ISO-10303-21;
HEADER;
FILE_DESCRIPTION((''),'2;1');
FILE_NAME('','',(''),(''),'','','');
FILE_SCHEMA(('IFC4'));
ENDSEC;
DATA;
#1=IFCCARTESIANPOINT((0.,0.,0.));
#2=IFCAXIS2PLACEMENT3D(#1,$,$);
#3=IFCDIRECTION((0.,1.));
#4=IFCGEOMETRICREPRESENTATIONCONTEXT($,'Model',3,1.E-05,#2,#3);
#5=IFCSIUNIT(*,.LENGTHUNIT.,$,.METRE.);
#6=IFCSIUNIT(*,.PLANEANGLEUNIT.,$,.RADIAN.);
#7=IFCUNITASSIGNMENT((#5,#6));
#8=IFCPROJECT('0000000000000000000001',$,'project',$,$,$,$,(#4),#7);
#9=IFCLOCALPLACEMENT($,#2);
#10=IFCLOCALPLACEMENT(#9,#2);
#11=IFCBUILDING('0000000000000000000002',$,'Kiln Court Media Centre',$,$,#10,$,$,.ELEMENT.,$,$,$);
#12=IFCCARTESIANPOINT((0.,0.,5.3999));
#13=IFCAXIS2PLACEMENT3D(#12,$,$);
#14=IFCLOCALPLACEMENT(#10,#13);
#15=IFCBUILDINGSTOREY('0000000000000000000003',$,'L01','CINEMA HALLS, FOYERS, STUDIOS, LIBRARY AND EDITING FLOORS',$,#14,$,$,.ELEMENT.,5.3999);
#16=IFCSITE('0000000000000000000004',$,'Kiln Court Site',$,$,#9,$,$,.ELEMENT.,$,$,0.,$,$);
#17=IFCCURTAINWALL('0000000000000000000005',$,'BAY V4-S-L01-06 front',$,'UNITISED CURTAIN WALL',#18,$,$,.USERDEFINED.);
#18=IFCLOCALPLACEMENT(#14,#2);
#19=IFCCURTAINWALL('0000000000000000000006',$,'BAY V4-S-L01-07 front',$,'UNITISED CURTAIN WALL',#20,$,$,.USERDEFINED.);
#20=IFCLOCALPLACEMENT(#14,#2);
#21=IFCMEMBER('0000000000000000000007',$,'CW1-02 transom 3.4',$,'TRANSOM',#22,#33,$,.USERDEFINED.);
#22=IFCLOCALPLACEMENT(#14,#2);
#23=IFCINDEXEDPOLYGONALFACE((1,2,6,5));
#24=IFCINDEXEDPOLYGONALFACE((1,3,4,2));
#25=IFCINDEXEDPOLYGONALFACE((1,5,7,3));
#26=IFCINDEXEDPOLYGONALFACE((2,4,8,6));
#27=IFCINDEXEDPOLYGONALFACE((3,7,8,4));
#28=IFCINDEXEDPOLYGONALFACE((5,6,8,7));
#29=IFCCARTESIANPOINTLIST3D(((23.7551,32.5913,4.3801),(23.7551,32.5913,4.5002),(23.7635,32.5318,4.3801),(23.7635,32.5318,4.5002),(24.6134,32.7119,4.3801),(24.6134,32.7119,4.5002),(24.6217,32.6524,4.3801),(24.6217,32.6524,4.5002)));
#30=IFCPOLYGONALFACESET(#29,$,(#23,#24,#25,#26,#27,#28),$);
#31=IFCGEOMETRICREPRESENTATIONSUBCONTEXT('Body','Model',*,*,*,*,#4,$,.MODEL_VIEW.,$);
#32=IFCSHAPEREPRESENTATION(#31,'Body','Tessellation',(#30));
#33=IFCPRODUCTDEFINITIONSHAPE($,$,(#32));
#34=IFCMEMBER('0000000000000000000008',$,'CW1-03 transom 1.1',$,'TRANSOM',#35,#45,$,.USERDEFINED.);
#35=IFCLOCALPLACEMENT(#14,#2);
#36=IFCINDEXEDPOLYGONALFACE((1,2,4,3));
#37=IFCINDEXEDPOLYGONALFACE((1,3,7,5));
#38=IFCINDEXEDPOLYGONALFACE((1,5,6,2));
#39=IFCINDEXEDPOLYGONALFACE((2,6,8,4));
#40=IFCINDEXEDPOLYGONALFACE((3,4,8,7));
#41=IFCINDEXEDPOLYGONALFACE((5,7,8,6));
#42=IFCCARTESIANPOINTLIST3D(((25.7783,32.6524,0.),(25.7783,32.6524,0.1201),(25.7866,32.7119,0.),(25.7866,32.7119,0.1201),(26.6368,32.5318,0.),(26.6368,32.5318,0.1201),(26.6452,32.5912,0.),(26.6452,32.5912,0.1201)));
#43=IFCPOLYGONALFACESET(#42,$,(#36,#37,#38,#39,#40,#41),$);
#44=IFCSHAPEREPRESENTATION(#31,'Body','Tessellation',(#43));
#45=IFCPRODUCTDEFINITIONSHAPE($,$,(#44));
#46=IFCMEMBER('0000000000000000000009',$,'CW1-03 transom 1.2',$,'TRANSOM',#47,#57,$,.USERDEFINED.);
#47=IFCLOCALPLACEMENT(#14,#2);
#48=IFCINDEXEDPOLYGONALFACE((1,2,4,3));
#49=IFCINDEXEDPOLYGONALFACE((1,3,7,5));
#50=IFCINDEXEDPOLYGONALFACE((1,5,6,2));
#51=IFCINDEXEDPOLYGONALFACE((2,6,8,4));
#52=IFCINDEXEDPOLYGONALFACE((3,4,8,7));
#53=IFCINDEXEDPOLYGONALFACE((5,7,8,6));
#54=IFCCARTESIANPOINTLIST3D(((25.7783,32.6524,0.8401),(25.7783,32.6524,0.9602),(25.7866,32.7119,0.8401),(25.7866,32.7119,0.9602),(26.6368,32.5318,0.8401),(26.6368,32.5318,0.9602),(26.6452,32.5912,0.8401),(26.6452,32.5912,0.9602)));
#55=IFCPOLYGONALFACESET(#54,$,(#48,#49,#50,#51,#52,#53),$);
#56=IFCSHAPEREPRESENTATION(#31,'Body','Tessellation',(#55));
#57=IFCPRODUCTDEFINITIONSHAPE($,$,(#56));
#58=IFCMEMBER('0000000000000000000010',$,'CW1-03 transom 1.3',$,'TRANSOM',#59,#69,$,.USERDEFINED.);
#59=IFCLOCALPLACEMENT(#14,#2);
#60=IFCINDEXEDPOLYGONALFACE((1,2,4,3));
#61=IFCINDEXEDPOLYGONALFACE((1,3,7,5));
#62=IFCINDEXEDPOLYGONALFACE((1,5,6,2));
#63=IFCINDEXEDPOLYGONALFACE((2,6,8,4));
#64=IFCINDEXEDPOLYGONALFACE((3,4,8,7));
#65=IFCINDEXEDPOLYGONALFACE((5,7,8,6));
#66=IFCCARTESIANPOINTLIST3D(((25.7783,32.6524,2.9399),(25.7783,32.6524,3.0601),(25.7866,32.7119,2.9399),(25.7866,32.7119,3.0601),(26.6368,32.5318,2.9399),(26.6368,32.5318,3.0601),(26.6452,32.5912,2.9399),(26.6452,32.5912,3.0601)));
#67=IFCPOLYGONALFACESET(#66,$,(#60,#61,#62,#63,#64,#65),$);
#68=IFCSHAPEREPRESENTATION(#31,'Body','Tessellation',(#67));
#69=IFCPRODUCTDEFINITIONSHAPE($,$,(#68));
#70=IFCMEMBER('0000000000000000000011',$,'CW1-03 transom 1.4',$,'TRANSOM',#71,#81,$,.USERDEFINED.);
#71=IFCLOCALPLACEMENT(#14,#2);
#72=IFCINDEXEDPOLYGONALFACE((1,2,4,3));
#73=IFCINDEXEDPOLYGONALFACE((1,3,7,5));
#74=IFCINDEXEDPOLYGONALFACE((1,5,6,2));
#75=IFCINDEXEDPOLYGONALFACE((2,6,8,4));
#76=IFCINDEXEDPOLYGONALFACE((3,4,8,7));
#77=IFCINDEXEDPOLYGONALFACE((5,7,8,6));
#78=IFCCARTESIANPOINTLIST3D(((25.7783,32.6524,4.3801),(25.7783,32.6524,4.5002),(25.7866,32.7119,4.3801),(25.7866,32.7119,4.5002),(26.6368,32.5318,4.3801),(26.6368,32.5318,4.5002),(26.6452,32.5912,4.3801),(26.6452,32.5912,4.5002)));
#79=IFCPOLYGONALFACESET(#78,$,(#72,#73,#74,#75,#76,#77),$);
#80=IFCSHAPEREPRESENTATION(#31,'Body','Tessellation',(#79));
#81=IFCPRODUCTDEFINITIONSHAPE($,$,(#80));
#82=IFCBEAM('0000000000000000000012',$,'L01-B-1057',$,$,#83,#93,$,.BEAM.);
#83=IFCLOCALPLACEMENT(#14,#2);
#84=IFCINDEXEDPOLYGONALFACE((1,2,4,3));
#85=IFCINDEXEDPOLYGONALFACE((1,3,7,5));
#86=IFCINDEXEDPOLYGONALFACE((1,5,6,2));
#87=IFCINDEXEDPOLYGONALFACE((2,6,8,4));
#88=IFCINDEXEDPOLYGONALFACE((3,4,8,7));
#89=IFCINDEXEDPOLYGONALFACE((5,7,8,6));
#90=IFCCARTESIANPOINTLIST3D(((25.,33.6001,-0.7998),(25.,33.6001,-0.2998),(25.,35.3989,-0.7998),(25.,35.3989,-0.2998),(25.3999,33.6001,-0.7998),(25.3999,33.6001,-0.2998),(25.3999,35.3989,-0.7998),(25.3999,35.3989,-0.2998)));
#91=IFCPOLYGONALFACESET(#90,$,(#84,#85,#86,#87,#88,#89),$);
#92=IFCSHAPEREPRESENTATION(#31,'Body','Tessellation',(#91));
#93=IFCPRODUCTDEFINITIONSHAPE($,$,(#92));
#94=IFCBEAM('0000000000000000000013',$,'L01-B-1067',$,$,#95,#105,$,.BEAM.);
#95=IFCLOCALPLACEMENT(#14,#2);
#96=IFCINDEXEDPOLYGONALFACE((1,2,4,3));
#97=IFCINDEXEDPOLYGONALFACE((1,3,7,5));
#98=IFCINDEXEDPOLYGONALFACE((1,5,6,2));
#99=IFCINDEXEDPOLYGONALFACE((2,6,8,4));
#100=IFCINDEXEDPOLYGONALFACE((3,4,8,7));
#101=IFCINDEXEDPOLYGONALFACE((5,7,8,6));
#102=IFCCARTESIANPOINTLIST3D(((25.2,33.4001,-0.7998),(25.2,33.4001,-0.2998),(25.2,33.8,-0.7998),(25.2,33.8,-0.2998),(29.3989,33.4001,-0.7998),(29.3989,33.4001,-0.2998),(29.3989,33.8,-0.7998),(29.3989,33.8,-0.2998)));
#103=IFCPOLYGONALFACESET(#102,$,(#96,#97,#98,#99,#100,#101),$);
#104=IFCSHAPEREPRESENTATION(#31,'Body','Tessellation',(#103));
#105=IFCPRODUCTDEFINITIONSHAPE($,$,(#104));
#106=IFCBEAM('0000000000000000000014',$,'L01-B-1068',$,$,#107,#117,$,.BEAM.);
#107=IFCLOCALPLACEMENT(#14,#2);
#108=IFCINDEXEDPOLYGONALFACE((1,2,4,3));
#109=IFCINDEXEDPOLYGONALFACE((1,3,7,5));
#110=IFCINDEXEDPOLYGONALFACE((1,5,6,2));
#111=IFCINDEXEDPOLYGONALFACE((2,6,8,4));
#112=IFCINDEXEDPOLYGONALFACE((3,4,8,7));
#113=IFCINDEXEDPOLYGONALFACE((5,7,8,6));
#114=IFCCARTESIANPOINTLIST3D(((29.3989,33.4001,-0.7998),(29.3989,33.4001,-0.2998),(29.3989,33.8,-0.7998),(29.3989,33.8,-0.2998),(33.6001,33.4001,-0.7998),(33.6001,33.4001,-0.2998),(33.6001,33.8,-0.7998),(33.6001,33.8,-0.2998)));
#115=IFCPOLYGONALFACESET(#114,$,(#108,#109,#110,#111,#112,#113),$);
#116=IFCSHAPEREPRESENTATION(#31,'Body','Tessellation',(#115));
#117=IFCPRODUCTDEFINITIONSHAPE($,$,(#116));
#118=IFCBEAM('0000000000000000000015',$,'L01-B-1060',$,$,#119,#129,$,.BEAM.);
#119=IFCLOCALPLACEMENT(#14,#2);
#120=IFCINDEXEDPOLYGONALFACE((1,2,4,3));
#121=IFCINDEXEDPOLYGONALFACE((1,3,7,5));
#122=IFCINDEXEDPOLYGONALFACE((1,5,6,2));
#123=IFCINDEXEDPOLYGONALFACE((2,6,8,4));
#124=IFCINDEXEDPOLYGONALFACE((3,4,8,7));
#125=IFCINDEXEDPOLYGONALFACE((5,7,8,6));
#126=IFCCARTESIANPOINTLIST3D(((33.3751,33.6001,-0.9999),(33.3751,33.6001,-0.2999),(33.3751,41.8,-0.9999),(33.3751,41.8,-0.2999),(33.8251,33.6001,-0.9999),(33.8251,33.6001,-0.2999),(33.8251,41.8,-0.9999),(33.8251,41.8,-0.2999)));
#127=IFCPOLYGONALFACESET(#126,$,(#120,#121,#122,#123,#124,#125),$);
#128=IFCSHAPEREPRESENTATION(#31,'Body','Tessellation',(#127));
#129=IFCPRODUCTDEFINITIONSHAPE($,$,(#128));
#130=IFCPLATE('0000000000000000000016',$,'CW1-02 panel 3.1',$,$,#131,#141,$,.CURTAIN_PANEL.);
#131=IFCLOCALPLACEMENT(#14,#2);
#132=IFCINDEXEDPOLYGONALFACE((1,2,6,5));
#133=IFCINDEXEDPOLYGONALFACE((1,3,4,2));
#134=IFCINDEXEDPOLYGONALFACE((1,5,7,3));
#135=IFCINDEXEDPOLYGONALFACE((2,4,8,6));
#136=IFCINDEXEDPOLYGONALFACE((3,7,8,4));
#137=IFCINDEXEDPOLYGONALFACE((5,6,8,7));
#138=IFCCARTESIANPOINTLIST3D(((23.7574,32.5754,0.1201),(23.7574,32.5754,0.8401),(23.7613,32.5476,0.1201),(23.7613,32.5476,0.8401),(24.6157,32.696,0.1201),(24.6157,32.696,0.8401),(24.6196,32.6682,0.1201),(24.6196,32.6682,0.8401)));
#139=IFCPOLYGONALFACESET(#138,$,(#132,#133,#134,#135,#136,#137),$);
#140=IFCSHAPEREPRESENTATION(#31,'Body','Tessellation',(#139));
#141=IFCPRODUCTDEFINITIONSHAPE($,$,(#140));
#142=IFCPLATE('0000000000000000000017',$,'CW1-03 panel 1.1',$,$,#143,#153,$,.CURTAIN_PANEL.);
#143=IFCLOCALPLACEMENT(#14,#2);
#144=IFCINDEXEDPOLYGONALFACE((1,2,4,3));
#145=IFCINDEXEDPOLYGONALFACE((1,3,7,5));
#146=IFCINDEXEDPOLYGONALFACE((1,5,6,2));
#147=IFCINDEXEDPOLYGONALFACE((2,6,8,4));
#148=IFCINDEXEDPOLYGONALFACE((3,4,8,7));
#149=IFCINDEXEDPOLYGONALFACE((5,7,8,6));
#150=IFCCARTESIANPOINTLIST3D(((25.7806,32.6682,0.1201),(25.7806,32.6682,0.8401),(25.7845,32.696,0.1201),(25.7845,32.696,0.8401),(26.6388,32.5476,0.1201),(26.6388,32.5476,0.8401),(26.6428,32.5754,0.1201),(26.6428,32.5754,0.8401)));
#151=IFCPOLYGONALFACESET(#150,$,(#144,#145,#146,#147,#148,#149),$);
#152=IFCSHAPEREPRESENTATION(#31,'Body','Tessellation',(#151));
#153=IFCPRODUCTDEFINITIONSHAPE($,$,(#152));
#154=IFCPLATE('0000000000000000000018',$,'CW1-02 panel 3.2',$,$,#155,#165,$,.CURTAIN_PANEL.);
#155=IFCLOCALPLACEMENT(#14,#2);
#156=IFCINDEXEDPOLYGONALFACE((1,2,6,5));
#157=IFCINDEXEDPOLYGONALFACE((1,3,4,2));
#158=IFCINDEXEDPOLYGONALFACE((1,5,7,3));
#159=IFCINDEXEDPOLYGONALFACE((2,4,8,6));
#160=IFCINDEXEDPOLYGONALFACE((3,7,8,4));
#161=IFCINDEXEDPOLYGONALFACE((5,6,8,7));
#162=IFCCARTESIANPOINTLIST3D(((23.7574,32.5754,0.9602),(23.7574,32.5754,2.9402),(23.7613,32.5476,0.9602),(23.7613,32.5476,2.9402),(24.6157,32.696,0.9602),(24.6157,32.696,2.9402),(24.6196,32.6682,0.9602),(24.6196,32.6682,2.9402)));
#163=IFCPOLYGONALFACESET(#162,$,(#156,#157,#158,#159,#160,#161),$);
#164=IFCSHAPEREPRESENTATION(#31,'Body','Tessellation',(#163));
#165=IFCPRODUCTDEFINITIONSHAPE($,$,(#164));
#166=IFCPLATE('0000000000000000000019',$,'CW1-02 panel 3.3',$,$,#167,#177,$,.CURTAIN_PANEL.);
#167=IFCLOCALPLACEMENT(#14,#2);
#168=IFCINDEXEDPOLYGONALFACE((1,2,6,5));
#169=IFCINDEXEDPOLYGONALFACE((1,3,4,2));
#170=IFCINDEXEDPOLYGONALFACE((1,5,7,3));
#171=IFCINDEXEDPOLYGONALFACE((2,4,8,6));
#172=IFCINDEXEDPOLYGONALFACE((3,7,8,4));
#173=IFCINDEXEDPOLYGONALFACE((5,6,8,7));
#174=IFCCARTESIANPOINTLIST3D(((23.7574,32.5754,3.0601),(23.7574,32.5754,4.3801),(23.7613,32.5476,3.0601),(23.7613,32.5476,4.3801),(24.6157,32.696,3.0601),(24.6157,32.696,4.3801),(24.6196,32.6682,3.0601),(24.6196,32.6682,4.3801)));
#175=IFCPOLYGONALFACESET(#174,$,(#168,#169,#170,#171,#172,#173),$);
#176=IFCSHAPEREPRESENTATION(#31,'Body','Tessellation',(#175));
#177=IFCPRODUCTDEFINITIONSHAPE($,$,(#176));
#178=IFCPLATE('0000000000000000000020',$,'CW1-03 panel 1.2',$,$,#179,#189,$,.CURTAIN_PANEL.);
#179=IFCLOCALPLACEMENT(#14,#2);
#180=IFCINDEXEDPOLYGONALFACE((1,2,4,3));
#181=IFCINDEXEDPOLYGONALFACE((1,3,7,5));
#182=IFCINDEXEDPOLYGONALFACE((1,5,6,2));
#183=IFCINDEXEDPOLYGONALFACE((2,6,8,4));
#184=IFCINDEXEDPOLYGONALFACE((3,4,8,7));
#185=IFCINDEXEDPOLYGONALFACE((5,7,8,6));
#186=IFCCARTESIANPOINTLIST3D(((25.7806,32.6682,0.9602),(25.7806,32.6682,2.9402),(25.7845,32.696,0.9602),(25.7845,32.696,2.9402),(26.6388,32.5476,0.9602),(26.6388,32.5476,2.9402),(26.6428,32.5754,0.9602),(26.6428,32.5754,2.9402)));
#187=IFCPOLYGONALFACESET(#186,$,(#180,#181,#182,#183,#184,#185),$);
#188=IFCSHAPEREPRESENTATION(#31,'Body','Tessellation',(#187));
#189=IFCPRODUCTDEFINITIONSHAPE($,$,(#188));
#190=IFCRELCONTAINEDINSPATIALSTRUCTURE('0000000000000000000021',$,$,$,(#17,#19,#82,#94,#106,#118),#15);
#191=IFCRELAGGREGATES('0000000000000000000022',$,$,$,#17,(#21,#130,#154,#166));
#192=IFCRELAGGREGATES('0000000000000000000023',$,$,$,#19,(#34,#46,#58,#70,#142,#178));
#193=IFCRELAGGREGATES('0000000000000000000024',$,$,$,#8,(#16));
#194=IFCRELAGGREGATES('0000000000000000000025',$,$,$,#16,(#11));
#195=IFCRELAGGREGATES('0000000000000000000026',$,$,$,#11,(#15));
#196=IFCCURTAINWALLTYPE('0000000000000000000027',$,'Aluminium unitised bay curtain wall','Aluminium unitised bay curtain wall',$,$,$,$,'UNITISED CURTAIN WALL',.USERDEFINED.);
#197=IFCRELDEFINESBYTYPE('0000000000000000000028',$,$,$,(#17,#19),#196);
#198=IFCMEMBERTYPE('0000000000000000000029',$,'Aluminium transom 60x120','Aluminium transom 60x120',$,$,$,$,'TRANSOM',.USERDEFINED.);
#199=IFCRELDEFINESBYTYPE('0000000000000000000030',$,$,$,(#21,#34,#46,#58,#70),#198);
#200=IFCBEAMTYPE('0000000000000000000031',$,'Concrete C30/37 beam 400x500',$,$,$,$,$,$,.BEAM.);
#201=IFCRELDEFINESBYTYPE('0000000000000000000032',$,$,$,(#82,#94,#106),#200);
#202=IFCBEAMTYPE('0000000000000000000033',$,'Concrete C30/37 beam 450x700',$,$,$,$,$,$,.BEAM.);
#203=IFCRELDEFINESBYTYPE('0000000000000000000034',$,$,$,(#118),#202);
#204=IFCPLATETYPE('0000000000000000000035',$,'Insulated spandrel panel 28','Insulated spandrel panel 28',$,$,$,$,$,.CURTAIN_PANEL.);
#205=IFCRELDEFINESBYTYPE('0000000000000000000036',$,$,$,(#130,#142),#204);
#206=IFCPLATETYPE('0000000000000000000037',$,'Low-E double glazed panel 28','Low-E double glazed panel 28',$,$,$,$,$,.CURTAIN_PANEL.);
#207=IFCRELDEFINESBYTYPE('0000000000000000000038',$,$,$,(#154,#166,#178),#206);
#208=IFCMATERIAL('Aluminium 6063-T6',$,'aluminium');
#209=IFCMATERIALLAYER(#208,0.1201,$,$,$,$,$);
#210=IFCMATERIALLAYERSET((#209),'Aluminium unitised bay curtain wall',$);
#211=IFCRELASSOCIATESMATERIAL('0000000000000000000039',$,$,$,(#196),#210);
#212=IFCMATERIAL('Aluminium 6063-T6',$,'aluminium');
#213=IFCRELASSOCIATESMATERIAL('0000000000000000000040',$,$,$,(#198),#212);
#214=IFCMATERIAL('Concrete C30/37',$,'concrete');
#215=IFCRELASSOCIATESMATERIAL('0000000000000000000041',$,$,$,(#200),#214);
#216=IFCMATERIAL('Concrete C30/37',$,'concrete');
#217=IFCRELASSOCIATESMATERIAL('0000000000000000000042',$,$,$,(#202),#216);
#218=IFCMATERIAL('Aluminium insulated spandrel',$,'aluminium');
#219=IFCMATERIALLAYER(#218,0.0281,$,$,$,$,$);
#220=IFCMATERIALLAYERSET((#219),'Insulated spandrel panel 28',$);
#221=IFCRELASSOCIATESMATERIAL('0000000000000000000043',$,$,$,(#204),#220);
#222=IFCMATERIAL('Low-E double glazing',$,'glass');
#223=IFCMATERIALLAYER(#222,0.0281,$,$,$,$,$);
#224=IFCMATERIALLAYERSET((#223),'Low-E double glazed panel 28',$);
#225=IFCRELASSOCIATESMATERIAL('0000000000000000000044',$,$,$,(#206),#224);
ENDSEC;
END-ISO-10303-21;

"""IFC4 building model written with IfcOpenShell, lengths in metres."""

from ifc_helpers import new_model, si_unit, direction, frame, origin, origin_2d, place, context, subcontext, project, spatial, rectangle, extrude, material, layer, layer_set, material_profile, profile_set, type_object, element, aggregate, save


model = new_model("IFC4")

# Units and contexts
model_context = context("Model", 3, precision=1e-05, world=origin(), true_north=direction((0.0, 1.0)))
body_context = subcontext(model_context, "Body", "Model", "MODEL_VIEW")
ifc_project = project(units=[si_unit("LENGTHUNIT", "METRE"), si_unit("PLANEANGLEUNIT", "RADIAN")], contexts=[model_context])

# Site, building, storey
site_placement = place(None, origin())
site = spatial("IfcSite", under=ifc_project, at=site_placement, Name="Kiln Court Site", CompositionType="ELEMENT", RefElevation=0.0)
building_placement = place(site_placement, origin())
building = spatial("IfcBuilding", under=site, at=building_placement, Name="Kiln Court Media Centre", CompositionType="ELEMENT")
storey_placement = place(building_placement, frame((0.0, 0.0, 5.3999)))
storey = spatial("IfcBuildingStorey", under=building, at=storey_placement, Name="L01", Description="CINEMA HALLS, FOYERS, STUDIOS, LIBRARY AND EDITING FLOORS", CompositionType="ELEMENT", Elevation=5.3999)

# Curtain wall
ifc_material_1 = material(Name="Aluminium 6063-T6", Category="aluminium")
ifc_layer_1 = layer(ifc_material_1, 0.1201)
ifc_layer_set_1 = layer_set([ifc_layer_1], Name="Aluminium unitised bay curtain wall")
curtain_wall_type_1 = type_object("IfcCurtainWallType", Name="Aluminium unitised bay curtain wall", Description="Aluminium unitised bay curtain wall", ElementType="UNITISED CURTAIN WALL", PredefinedType="USERDEFINED", material=ifc_layer_set_1)
curtain_wall_1_placement = place(storey_placement, origin())
curtain_wall_1 = element("IfcCurtainWall", 1, at=curtain_wall_1_placement, inside=storey, type_object=curtain_wall_type_1, Name="BAY V4-S-L01-06 front", ObjectType="UNITISED CURTAIN WALL", PredefinedType="USERDEFINED")

# Curtain wall
curtain_wall_2_placement = place(storey_placement, origin())
curtain_wall_2 = element("IfcCurtainWall", 2, at=curtain_wall_2_placement, inside=storey, type_object=curtain_wall_type_1, Name="BAY V4-S-L01-07 front", ObjectType="UNITISED CURTAIN WALL", PredefinedType="USERDEFINED")

# Members
ifc_material_2 = material(Name="Aluminium 6063-T6", Category="aluminium")
ifc_material_profile_1 = material_profile(ifc_material_2, rectangle(XDim=0.0601, YDim=0.1201, at=origin_2d()), Name="Aluminium transom 60x120")
ifc_profile_set_1 = profile_set([ifc_material_profile_1], Name="Aluminium 6063-T6")
member_type_1 = type_object("IfcMemberType", Name="Aluminium transom 60x120", Description="Aluminium transom 60x120", ElementType="TRANSOM", PredefinedType="USERDEFINED", material=ifc_profile_set_1)
member_1_placement = place(storey_placement, frame((23.7593, 32.5615, 4.4402), z_axis=(0.990268, 0.139173, 0.0), x_axis=(-0.139173, 0.990268, 0.0)))
member_1 = element("IfcMember", 3, at=member_1_placement, type_object=member_type_1, Name="CW1-02 transom 3.4", ObjectType="TRANSOM", PredefinedType="USERDEFINED", context=body_context, shape_type="SweptSolid", body=[
    extrude(rectangle(XDim=0.0601, YDim=0.1201, at=origin_2d()), origin(), (0.0, 0.0, 1.0), 0.8667),
])
member_2_placement = place(storey_placement, frame((25.7825, 32.6821, 0.0601), z_axis=(0.990274, -0.139134, 0.0), x_axis=(0.139134, 0.990274, 0.0)))
member_2 = element("IfcMember", 4, at=member_2_placement, type_object=member_type_1, Name="CW1-03 transom 1.1", ObjectType="TRANSOM", PredefinedType="USERDEFINED", context=body_context, shape_type="SweptSolid", body=[
    extrude(rectangle(XDim=0.0601, YDim=0.1201, at=origin_2d()), origin(), (0.0, 0.0, 1.0), 0.8669),
])
member_3_placement = place(storey_placement, frame((25.7825, 32.6821, 0.9001), z_axis=(0.990274, -0.139134, 0.0), x_axis=(0.139134, 0.990274, 0.0)))
member_3 = element("IfcMember", 5, at=member_3_placement, type_object=member_type_1, Name="CW1-03 transom 1.2", ObjectType="TRANSOM", PredefinedType="USERDEFINED", context=body_context, shape_type="SweptSolid", body=[
    extrude(rectangle(XDim=0.0601, YDim=0.1201, at=origin_2d()), origin(), (0.0, 0.0, 1.0), 0.8669),
])
member_4_placement = place(storey_placement, frame((25.7825, 32.6821, 3.0), z_axis=(0.990274, -0.139134, 0.0), x_axis=(0.139134, 0.990274, 0.0)))
member_4 = element("IfcMember", 6, at=member_4_placement, type_object=member_type_1, Name="CW1-03 transom 1.3", ObjectType="TRANSOM", PredefinedType="USERDEFINED", context=body_context, shape_type="SweptSolid", body=[
    extrude(rectangle(XDim=0.0601, YDim=0.1201, at=origin_2d()), origin(), (0.0, 0.0, 1.0), 0.8669),
])
member_5_placement = place(storey_placement, frame((25.7825, 32.6821, 4.4402), z_axis=(0.990274, -0.139134, 0.0), x_axis=(0.139134, 0.990274, 0.0)))
member_5 = element("IfcMember", 7, at=member_5_placement, type_object=member_type_1, Name="CW1-03 transom 1.4", ObjectType="TRANSOM", PredefinedType="USERDEFINED", context=body_context, shape_type="SweptSolid", body=[
    extrude(rectangle(XDim=0.0601, YDim=0.1201, at=origin_2d()), origin(), (0.0, 0.0, 1.0), 0.8669),
])

# Beams
ifc_material_3 = material(Name="Concrete C30/37", Category="concrete")
ifc_material_profile_2 = material_profile(ifc_material_3, rectangle(XDim=0.3999, YDim=0.5, at=origin_2d()), Name="RC 400x500")
ifc_profile_set_2 = profile_set([ifc_material_profile_2], Name="Concrete C30/37")
beam_type_1 = type_object("IfcBeamType", Name="Concrete C30/37 beam 400x500", PredefinedType="BEAM", material=ifc_profile_set_2)
beam_1_placement = place(storey_placement, frame((25.2, 33.6001, -0.5498), z_axis=(0.0, 1.0, 0.0), x_axis=(-1.0, 0.0, 0.0)))
element("IfcBeam", 8, at=beam_1_placement, inside=storey, type_object=beam_type_1, Name="L01-B-1057", PredefinedType="BEAM", context=body_context, shape_type="SweptSolid", body=[
    extrude(rectangle(XDim=0.3999, YDim=0.5, at=origin_2d()), origin(), (0.0, 0.0, 1.0), 1.7988),
])
beam_2_placement = place(storey_placement, frame((25.2, 33.6001, -0.5498), z_axis=(1.0, 0.0, 0.0), x_axis=(0.0, 1.0, 0.0)))
element("IfcBeam", 9, at=beam_2_placement, inside=storey, type_object=beam_type_1, Name="L01-B-1067", PredefinedType="BEAM", context=body_context, shape_type="SweptSolid", body=[
    extrude(rectangle(XDim=0.3999, YDim=0.5, at=origin_2d()), origin(), (0.0, 0.0, 1.0), 4.199),
])
beam_3_placement = place(storey_placement, frame((29.3989, 33.6001, -0.5498), z_axis=(1.0, 0.0, 0.0), x_axis=(0.0, 1.0, 0.0)))
element("IfcBeam", 10, at=beam_3_placement, inside=storey, type_object=beam_type_1, Name="L01-B-1068", PredefinedType="BEAM", context=body_context, shape_type="SweptSolid", body=[
    extrude(rectangle(XDim=0.3999, YDim=0.5, at=origin_2d()), origin(), (0.0, 0.0, 1.0), 4.2012),
])
ifc_material_4 = material(Name="Concrete C30/37", Category="concrete")
ifc_material_profile_3 = material_profile(ifc_material_4, rectangle(XDim=0.45, YDim=0.7, at=origin_2d()), Name="RC 450x700")
ifc_profile_set_3 = profile_set([ifc_material_profile_3], Name="Concrete C30/37")
beam_type_2 = type_object("IfcBeamType", Name="Concrete C30/37 beam 450x700", PredefinedType="BEAM", material=ifc_profile_set_3)
beam_4_placement = place(storey_placement, frame((33.6001, 33.6001, -0.6499), z_axis=(0.0, 1.0, 0.0), x_axis=(-1.0, 0.0, 0.0)))
element("IfcBeam", 11, at=beam_4_placement, inside=storey, type_object=beam_type_2, Name="L01-B-1060", PredefinedType="BEAM", context=body_context, shape_type="SweptSolid", body=[
    extrude(rectangle(XDim=0.45, YDim=0.7, at=origin_2d()), origin(), (0.0, 0.0, 1.0), 8.2),
])

# Plates
ifc_material_5 = material(Name="Aluminium insulated spandrel", Category="aluminium")
ifc_layer_2 = layer(ifc_material_5, 0.0281)
ifc_layer_set_2 = layer_set([ifc_layer_2], Name="Insulated spandrel panel 28")
plate_type_1 = type_object("IfcPlateType", Name="Insulated spandrel panel 28", Description="Insulated spandrel panel 28", PredefinedType="CURTAIN_PANEL", material=ifc_layer_set_2)
plate_1_placement = place(storey_placement, frame((24.1885, 32.6218, 0.1201), z_axis=(0.0, 0.0, 1.0), x_axis=(0.99027, 0.139162, 0.0)))
plate_1 = element("IfcPlate", 12, at=plate_1_placement, type_object=plate_type_1, Name="CW1-02 panel 3.1", PredefinedType="CURTAIN_PANEL", context=body_context, shape_type="SweptSolid", body=[
    extrude(rectangle(XDim=0.8667, YDim=0.0281, at=origin_2d()), origin(), (0.0, 0.0, 1.0), 0.72),
])
plate_2_placement = place(storey_placement, frame((26.2117, 32.6218, 0.1201), z_axis=(0.0, 0.0, 1.0), x_axis=(0.99027, -0.139162, 0.0)))
plate_2 = element("IfcPlate", 13, at=plate_2_placement, type_object=plate_type_1, Name="CW1-03 panel 1.1", PredefinedType="CURTAIN_PANEL", context=body_context, shape_type="SweptSolid", body=[
    extrude(rectangle(XDim=0.8667, YDim=0.0281, at=origin_2d()), origin(), (0.0, 0.0, 1.0), 0.72),
])
ifc_material_6 = material(Name="Low-E double glazing", Category="glass")
ifc_layer_3 = layer(ifc_material_6, 0.0281)
ifc_layer_set_3 = layer_set([ifc_layer_3], Name="Low-E double glazed panel 28")
plate_type_2 = type_object("IfcPlateType", Name="Low-E double glazed panel 28", Description="Low-E double glazed panel 28", PredefinedType="CURTAIN_PANEL", material=ifc_layer_set_3)
plate_3_placement = place(storey_placement, frame((24.1885, 32.6218, 0.9602), z_axis=(0.0, 0.0, 1.0), x_axis=(0.99027, 0.139162, 0.0)))
plate_3 = element("IfcPlate", 14, at=plate_3_placement, type_object=plate_type_2, Name="CW1-02 panel 3.2", PredefinedType="CURTAIN_PANEL", context=body_context, shape_type="SweptSolid", body=[
    extrude(rectangle(XDim=0.8667, YDim=0.0281, at=origin_2d()), origin(), (0.0, 0.0, 1.0), 1.98),
])
plate_4_placement = place(storey_placement, frame((24.1885, 32.6218, 3.0601), z_axis=(0.0, 0.0, 1.0), x_axis=(0.99027, 0.139162, 0.0)))
plate_4 = element("IfcPlate", 15, at=plate_4_placement, type_object=plate_type_2, Name="CW1-02 panel 3.3", PredefinedType="CURTAIN_PANEL", context=body_context, shape_type="SweptSolid", body=[
    extrude(rectangle(XDim=0.8667, YDim=0.0281, at=origin_2d()), origin(), (0.0, 0.0, 1.0), 1.3201),
])
aggregate(curtain_wall_1, [member_1, plate_1, plate_3, plate_4])
plate_5_placement = place(storey_placement, frame((26.2117, 32.6218, 0.9602), z_axis=(0.0, 0.0, 1.0), x_axis=(0.99027, -0.139162, 0.0)))
plate_5 = element("IfcPlate", 16, at=plate_5_placement, type_object=plate_type_2, Name="CW1-03 panel 1.2", PredefinedType="CURTAIN_PANEL", context=body_context, shape_type="SweptSolid", body=[
    extrude(rectangle(XDim=0.8667, YDim=0.0281, at=origin_2d()), origin(), (0.0, 0.0, 1.0), 1.98),
])
aggregate(curtain_wall_2, [member_2, member_3, member_4, member_5, plate_2, plate_5])

save(model, "model.ifc")
